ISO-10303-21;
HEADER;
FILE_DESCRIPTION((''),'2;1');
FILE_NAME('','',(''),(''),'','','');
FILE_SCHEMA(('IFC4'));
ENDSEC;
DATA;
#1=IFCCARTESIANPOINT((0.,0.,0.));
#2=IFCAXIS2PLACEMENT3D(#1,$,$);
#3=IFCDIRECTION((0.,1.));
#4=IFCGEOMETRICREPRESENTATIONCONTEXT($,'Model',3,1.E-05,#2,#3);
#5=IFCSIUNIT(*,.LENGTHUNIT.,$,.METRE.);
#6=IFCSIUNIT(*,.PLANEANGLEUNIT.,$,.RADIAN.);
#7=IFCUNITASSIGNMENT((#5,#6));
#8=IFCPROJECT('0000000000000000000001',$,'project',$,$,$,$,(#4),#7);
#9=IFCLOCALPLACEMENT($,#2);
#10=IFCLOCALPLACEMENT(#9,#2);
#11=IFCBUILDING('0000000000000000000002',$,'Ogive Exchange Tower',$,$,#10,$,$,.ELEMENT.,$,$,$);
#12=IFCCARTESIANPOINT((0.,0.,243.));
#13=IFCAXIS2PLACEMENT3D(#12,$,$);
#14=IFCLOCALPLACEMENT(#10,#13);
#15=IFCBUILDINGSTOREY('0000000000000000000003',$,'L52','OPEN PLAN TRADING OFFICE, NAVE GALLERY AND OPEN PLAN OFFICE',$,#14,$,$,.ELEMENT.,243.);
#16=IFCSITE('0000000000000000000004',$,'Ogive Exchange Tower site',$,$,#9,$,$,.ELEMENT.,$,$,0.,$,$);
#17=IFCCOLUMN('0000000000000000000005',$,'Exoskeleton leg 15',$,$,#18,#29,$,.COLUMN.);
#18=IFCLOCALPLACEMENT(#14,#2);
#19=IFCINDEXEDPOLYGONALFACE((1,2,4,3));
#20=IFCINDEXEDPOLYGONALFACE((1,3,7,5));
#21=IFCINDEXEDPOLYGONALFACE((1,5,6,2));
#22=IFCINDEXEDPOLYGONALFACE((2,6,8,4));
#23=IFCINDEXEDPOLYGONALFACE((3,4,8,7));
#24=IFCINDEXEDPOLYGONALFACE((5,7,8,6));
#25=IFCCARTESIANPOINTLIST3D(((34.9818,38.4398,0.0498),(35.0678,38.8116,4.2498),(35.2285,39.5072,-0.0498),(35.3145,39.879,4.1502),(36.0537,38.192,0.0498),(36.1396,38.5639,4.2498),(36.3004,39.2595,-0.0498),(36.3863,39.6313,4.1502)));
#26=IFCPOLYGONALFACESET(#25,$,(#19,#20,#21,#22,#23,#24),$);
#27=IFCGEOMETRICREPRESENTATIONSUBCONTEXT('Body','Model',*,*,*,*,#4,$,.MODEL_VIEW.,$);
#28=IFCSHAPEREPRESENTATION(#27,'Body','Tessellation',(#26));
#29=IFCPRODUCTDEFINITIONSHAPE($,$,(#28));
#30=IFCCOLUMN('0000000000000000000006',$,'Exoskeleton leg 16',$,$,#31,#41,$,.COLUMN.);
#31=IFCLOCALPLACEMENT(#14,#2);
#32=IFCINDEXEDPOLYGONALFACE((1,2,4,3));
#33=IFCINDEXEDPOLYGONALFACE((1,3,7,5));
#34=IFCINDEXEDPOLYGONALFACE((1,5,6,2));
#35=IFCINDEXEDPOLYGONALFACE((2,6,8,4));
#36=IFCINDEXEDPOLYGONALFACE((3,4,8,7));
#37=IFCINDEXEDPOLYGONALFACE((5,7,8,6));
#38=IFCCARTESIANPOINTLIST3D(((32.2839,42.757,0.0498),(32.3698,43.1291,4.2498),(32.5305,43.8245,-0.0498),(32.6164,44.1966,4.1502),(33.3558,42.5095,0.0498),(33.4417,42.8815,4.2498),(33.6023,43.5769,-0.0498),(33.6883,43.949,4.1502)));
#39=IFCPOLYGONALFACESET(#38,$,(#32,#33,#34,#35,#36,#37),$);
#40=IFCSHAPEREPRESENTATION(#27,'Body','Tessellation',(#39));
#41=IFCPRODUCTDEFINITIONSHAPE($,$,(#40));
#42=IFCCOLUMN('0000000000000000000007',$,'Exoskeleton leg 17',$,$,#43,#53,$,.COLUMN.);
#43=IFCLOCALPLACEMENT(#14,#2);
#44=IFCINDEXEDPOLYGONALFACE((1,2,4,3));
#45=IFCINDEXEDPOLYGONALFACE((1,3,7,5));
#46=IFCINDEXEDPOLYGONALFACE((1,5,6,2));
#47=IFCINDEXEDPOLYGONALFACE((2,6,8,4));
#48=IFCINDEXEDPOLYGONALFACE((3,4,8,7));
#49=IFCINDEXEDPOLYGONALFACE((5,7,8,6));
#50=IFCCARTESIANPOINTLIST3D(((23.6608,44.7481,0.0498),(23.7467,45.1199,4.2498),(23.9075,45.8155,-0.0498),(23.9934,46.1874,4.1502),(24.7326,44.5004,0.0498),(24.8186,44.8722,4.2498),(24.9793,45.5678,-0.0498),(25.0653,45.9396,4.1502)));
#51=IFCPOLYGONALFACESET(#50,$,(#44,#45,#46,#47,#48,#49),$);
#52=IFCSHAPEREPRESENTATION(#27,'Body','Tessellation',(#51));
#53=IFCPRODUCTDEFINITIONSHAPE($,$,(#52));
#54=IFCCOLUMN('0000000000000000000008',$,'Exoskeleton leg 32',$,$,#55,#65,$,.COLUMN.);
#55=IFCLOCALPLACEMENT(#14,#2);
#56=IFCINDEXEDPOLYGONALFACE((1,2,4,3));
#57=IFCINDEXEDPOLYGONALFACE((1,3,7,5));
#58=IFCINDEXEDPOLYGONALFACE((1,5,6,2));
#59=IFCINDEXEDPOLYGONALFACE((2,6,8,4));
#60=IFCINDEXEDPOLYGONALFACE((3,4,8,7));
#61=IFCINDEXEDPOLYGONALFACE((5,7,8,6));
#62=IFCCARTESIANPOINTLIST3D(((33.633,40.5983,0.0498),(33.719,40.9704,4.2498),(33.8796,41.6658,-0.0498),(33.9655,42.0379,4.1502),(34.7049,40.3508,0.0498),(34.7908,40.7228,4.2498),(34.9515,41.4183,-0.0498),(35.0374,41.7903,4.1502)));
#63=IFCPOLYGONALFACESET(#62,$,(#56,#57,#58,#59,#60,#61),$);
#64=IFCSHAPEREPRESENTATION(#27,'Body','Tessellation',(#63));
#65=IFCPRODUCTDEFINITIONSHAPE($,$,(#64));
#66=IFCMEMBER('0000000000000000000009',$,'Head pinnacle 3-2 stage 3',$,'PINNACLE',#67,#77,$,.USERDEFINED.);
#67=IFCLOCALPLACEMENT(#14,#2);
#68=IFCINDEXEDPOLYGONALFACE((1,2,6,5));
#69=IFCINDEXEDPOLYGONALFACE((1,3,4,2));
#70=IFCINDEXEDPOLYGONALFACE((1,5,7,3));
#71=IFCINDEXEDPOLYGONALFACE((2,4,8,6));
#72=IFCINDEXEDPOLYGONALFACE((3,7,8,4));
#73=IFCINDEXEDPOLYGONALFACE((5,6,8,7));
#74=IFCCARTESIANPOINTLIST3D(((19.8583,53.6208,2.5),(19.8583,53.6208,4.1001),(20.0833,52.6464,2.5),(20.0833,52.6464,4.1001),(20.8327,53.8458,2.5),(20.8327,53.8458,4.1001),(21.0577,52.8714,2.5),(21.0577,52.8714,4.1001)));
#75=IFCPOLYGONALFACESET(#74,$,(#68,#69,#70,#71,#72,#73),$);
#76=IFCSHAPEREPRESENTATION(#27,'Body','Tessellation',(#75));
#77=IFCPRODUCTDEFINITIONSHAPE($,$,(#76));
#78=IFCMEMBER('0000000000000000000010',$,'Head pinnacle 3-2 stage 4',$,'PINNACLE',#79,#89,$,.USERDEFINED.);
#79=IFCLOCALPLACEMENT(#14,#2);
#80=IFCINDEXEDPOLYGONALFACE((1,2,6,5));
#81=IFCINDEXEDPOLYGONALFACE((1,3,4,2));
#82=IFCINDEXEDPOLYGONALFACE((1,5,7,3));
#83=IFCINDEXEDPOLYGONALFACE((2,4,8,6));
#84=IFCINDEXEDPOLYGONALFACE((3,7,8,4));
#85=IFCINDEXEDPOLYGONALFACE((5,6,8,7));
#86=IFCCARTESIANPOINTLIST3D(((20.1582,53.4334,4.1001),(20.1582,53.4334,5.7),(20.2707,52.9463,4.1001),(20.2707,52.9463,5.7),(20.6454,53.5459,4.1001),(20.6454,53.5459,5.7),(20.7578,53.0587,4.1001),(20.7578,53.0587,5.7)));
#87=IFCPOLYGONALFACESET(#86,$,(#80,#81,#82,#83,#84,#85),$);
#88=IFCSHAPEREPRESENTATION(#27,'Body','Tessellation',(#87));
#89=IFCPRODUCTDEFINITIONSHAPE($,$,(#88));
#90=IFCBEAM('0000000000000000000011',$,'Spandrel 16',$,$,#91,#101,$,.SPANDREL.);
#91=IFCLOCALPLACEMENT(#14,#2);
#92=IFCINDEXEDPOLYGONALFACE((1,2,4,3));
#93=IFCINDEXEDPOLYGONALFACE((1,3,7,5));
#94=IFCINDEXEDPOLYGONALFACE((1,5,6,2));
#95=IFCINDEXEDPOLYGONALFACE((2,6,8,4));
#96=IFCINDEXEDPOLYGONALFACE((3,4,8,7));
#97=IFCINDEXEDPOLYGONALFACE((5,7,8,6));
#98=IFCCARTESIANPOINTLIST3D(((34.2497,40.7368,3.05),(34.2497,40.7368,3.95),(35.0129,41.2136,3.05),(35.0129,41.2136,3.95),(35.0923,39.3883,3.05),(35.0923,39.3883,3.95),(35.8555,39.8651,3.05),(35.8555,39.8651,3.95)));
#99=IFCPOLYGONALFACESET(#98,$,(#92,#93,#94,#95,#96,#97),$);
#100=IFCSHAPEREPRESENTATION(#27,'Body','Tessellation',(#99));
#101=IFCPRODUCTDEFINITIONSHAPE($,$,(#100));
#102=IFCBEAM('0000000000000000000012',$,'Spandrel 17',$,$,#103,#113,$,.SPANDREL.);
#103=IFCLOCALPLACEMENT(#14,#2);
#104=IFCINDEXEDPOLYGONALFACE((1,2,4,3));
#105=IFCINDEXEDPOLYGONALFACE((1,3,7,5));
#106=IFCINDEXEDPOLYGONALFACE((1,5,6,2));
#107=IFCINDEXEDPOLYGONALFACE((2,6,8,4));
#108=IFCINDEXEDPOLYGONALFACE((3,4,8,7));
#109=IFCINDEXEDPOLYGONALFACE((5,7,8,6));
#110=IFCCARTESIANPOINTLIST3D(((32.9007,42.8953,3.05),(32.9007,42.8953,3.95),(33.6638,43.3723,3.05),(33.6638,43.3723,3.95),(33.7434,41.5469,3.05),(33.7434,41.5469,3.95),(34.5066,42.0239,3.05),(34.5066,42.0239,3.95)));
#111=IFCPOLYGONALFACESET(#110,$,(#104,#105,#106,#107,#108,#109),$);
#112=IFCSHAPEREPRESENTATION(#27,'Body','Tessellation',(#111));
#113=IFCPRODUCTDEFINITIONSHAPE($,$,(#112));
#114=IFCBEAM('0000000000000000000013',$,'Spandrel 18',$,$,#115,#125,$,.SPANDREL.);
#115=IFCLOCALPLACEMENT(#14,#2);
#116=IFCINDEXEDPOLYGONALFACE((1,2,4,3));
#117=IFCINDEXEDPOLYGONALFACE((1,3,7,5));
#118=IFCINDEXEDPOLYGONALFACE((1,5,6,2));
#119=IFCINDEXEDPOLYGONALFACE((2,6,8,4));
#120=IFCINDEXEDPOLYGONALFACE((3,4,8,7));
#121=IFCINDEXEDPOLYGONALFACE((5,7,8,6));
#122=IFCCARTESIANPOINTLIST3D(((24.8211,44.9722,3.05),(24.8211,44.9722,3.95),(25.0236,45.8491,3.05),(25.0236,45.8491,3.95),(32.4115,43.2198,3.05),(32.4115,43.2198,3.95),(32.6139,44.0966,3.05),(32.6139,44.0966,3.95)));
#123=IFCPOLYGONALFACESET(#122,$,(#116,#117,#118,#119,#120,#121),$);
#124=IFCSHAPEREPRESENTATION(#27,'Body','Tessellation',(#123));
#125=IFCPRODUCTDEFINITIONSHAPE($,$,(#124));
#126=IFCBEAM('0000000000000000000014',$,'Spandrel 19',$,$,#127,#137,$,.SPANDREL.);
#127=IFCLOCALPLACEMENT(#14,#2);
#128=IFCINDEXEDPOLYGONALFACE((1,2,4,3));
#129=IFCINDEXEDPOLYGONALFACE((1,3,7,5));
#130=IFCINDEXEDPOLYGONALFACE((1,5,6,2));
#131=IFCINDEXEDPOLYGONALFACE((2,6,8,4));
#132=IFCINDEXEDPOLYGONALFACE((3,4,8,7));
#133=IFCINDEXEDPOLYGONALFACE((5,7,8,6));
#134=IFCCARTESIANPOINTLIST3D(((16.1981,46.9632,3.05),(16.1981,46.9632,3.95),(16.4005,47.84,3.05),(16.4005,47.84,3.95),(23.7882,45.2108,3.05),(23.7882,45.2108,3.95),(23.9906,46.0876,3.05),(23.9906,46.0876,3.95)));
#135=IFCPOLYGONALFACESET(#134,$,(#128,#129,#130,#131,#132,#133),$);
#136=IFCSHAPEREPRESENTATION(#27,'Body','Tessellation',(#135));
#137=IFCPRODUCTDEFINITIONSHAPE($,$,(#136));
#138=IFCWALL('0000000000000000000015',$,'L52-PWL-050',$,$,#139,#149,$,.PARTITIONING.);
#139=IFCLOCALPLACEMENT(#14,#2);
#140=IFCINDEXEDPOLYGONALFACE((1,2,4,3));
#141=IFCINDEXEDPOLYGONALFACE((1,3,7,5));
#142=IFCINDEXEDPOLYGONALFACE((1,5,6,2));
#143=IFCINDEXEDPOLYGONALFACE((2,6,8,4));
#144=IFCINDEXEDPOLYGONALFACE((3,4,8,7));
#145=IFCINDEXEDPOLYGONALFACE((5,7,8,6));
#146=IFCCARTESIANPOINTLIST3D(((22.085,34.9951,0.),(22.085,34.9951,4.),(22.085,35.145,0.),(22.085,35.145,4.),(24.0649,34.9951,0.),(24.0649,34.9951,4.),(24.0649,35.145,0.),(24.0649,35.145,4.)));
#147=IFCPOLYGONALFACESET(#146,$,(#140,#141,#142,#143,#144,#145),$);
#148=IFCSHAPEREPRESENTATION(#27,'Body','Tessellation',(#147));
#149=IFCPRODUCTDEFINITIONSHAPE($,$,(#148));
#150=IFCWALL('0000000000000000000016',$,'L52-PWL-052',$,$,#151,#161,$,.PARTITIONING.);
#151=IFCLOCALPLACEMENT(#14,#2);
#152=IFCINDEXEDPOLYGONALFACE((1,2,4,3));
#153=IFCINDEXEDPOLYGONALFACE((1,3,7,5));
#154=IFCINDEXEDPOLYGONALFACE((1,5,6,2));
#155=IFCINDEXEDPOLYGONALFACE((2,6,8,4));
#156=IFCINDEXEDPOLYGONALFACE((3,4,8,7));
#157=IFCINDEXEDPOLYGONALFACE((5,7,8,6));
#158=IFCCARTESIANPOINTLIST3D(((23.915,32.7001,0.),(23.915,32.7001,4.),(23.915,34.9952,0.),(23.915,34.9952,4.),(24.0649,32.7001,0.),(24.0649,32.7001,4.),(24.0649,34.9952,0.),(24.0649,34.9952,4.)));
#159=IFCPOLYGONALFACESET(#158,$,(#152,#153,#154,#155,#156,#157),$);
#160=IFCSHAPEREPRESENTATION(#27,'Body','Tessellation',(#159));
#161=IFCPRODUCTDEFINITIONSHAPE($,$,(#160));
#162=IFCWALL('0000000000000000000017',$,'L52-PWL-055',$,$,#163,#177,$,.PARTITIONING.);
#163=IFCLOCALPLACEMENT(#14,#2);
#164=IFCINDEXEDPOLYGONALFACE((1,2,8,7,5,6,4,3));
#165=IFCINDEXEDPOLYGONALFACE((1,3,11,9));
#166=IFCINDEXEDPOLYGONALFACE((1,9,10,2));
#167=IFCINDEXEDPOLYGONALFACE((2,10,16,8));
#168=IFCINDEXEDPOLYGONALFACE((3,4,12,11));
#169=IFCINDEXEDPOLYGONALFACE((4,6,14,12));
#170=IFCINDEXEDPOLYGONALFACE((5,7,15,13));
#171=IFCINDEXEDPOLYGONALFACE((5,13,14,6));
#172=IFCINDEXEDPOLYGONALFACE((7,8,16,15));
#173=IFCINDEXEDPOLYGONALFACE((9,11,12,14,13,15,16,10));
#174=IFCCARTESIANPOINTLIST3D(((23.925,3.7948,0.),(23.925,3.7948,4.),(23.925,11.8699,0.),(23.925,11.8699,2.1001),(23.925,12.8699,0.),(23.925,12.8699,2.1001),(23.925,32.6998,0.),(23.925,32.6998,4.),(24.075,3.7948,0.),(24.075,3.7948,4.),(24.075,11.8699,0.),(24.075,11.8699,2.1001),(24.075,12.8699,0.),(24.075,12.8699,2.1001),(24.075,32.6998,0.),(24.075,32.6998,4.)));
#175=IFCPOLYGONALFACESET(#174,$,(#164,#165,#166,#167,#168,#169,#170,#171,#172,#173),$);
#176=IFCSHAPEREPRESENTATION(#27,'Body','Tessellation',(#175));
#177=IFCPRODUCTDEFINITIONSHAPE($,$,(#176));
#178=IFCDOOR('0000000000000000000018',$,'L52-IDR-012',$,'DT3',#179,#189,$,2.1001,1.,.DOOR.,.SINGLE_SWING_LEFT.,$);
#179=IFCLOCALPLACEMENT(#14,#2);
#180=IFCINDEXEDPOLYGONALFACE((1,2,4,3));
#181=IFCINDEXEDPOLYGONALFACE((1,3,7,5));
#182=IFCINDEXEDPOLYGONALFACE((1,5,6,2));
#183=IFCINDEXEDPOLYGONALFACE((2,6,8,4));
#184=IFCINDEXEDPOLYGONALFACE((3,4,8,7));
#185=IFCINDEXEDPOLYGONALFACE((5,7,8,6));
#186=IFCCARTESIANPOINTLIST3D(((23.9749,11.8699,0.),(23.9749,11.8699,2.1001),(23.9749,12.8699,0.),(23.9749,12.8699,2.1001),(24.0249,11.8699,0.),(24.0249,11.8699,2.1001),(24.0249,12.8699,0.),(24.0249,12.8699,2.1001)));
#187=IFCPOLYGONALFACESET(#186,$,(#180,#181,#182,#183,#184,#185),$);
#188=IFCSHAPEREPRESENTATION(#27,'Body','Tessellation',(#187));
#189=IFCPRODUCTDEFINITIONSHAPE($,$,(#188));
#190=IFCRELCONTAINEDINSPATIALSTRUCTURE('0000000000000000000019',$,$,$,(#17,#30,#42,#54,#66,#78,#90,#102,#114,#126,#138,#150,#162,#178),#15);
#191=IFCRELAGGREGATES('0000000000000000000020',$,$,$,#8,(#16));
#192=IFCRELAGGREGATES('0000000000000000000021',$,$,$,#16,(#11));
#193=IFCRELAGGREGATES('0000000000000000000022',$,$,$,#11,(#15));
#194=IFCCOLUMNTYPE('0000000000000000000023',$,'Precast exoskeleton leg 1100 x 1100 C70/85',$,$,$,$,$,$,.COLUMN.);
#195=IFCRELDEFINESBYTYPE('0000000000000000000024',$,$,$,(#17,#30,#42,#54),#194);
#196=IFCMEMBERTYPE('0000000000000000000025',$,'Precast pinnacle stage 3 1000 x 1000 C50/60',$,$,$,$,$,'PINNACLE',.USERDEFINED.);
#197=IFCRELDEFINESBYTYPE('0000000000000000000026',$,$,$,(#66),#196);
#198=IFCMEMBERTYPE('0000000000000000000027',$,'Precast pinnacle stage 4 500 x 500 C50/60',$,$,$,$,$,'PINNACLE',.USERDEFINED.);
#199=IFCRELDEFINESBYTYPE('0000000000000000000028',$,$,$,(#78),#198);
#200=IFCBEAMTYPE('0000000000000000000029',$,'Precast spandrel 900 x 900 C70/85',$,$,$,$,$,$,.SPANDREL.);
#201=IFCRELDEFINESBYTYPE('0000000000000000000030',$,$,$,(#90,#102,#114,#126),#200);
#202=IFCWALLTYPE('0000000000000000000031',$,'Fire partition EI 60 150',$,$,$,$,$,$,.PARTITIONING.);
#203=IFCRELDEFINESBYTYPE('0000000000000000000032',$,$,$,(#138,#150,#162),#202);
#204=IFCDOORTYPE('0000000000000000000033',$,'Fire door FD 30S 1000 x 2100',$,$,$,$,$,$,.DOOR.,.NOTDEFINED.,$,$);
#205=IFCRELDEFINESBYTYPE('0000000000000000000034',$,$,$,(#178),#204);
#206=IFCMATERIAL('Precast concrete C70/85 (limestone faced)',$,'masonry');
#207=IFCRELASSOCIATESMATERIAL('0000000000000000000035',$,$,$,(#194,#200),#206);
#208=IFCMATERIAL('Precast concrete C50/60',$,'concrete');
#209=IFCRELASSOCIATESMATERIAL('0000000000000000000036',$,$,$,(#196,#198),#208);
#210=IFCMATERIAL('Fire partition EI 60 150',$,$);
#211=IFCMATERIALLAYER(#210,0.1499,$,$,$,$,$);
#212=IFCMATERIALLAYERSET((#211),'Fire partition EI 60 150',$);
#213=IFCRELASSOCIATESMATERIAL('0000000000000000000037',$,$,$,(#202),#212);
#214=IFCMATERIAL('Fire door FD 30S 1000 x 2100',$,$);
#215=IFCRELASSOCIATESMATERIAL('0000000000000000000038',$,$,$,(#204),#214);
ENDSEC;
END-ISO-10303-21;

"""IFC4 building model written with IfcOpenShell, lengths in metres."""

from ifc_helpers import new_model, si_unit, direction, frame, frame_2d, origin, origin_2d, place, context, subcontext, project, spatial, rectangle, extrude, material, layer, layer_set, material_profile, profile_set, type_object, element, fill, save


model = new_model("IFC4")

# Units and contexts
model_context = context("Model", 3, precision=1e-05, world=origin(), true_north=direction((0.0, 1.0)))
body_context = subcontext(model_context, "Body", "Model", "MODEL_VIEW")
ifc_project = project(units=[si_unit("LENGTHUNIT", "METRE"), si_unit("PLANEANGLEUNIT", "RADIAN")], contexts=[model_context])

# Site, building, storey
site_placement = place(None, origin())
site = spatial("IfcSite", under=ifc_project, at=site_placement, Name="Ogive Exchange Tower site", CompositionType="ELEMENT", RefElevation=0.0)
building_placement = place(site_placement, origin())
building = spatial("IfcBuilding", under=site, at=building_placement, Name="Ogive Exchange Tower", CompositionType="ELEMENT")
storey_placement = place(building_placement, frame((0.0, 0.0, 243.0)))
storey = spatial("IfcBuildingStorey", under=building, at=storey_placement, Name="L52", Description="OPEN PLAN TRADING OFFICE, NAVE GALLERY AND OPEN PLAN OFFICE", CompositionType="ELEMENT", Elevation=243.0)

# Columns
ifc_material_1 = material(Name="Precast concrete C70/85 (limestone faced)", Category="masonry")
ifc_material_profile_1 = material_profile(ifc_material_1, rectangle(XDim=1.1001, YDim=1.1001, at=origin_2d()), Name="1100 x 1100")
ifc_profile_set_1 = profile_set([ifc_material_profile_1], Name="Precast concrete C70/85 (limestone faced)")
column_type = type_object("IfcColumnType", Name="Precast exoskeleton leg 1100 x 1100 C70/85", PredefinedType="COLUMN", material=ifc_profile_set_1)
for number, where, z_axis, x_axis, name in (
    (1, (35.6411, 38.8496, 0.0), (0.020378, 0.088168, 0.995897), (-0.974316, 0.225187, 0.0), "Exoskeleton leg 15"),
    (2, (32.9431, 43.167, 0.0), (0.020377, 0.088225, 0.995892), (-0.974348, 0.225046, 0.0), "Exoskeleton leg 16"),
    (3, (24.3201, 45.158, 0.0), (0.020378, 0.088168, 0.995897), (-0.974316, 0.225187, 0.0), "Exoskeleton leg 17"),
    (4, (34.2922, 41.0083, 0.0), (0.020377, 0.088225, 0.995892), (-0.974348, 0.225046, 0.0), "Exoskeleton leg 32"),
):
    element("IfcColumn", number, at=place(storey_placement, frame(where, z_axis=z_axis, x_axis=x_axis)), inside=storey, type_object=column_type, Name=name, PredefinedType="COLUMN", context=body_context, shape_type="SweptSolid", body=[
        extrude(rectangle(XDim=1.1001, YDim=1.1001, at=origin_2d()), origin(), (0.0, 0.0, 1.0), 4.2173),
    ])

# Members
ifc_material_2 = material(Name="Precast concrete C50/60", Category="concrete")
ifc_material_profile_2 = material_profile(ifc_material_2, rectangle(XDim=1.0, YDim=1.0, at=origin_2d()), Name="PINNACLE 3 1000 x 1000")
ifc_profile_set_2 = profile_set([ifc_material_profile_2], Name="Precast concrete C50/60")
member_type_1 = type_object("IfcMemberType", Name="Precast pinnacle stage 3 1000 x 1000 C50/60", ElementType="PINNACLE", PredefinedType="USERDEFINED", material=ifc_profile_set_2)
member_1_placement = place(storey_placement, frame((20.458, 53.2461, 2.5), z_axis=(0.0, 0.0, 1.0), x_axis=(0.97437, 0.224951, 0.0)))
element("IfcMember", 5, at=member_1_placement, inside=storey, type_object=member_type_1, Name="Head pinnacle 3-2 stage 3", ObjectType="PINNACLE", PredefinedType="USERDEFINED", context=body_context, shape_type="SweptSolid", body=[
    extrude(rectangle(XDim=1.0, YDim=1.0, at=origin_2d()), origin(), (0.0, 0.0, 1.0), 1.6001),
])
ifc_material_profile_3 = material_profile(ifc_material_2, rectangle(XDim=0.5, YDim=0.5, at=origin_2d()), Name="PINNACLE 4 500 x 500")
ifc_profile_set_3 = profile_set([ifc_material_profile_3], Name="Precast concrete C50/60")
member_type_2 = type_object("IfcMemberType", Name="Precast pinnacle stage 4 500 x 500 C50/60", ElementType="PINNACLE", PredefinedType="USERDEFINED", material=ifc_profile_set_3)
member_2_placement = place(storey_placement, frame((20.458, 53.2461, 4.1001), z_axis=(0.0, 0.0, 1.0), x_axis=(0.97437, 0.224951, 0.0)))
element("IfcMember", 6, at=member_2_placement, inside=storey, type_object=member_type_2, Name="Head pinnacle 3-2 stage 4", ObjectType="PINNACLE", PredefinedType="USERDEFINED", context=body_context, shape_type="SweptSolid", body=[
    extrude(rectangle(XDim=0.5, YDim=0.5, at=origin_2d()), origin(), (0.0, 0.0, 1.0), 1.5999),
])

# Beams
ifc_material_profile_4 = material_profile(ifc_material_1, rectangle(XDim=0.8999, YDim=0.8999, at=origin_2d()), Name="900 x 900")
ifc_profile_set_4 = profile_set([ifc_material_profile_4], Name="Precast concrete C70/85 (limestone faced)")
beam_type = type_object("IfcBeamType", Name="Precast spandrel 900 x 900 C70/85", PredefinedType="SPANDREL", material=ifc_profile_set_4)
for number, where, z_axis, x_axis, name in (
    (7, (35.4739, 39.6267, 3.5), (-0.529902, 0.848059, 0.0), (-0.848059, -0.529902, 0.0), "Spandrel 16"),
    (8, (34.125, 41.7854, 3.5), (-0.530013, 0.84799, 0.0), (-0.84799, -0.530013, 0.0), "Spandrel 17"),
):
    element("IfcBeam", number, at=place(storey_placement, frame(where, z_axis=z_axis, x_axis=x_axis)), inside=storey, type_object=beam_type, Name=name, PredefinedType="SPANDREL", context=body_context, shape_type="SweptSolid", body=[
        extrude(rectangle(XDim=0.8999, YDim=0.8999, at=origin_2d()), origin(), (0.0, 0.0, 1.0), 1.5901),
    ])
beam_1_placement = place(storey_placement, frame((32.5127, 43.6582, 3.5), z_axis=(-0.974368, 0.22496, 0.0), x_axis=(-0.22496, -0.974368, 0.0)))
element("IfcBeam", 9, at=beam_1_placement, inside=storey, type_object=beam_type, Name="Spandrel 18", PredefinedType="SPANDREL", context=body_context, shape_type="SweptSolid", body=[
    extrude(rectangle(XDim=0.8999, YDim=0.8999, at=origin_2d()), origin(), (0.0, 0.0, 1.0), 7.79),
])
beam_2_placement = place(storey_placement, frame((23.8894, 45.6492, 3.5), z_axis=(-0.974366, 0.224967, 0.0), x_axis=(-0.224967, -0.974366, 0.0)))
element("IfcBeam", 10, at=beam_2_placement, inside=storey, type_object=beam_type, Name="Spandrel 19", PredefinedType="SPANDREL", context=body_context, shape_type="SweptSolid", body=[
    extrude(rectangle(XDim=0.8999, YDim=0.8999, at=origin_2d()), origin(), (0.0, 0.0, 1.0), 7.7898),
])

# Walls
ifc_material_3 = material(Name="Fire partition EI 60 150")
ifc_layer_1 = layer(ifc_material_3, 0.1499)
ifc_layer_set_1 = layer_set([ifc_layer_1], Name="Fire partition EI 60 150")
wall_type_1 = type_object("IfcWallType", Name="Fire partition EI 60 150", PredefinedType="PARTITIONING", material=ifc_layer_set_1)
wall_1_placement = place(storey_placement, frame((22.085, 35.0701, 0.0), z_axis=(0.0, 0.0, 1.0), x_axis=(1.0, 0.0, 0.0)))
element("IfcWall", 11, at=wall_1_placement, inside=storey, type_object=wall_type_1, Name="L52-PWL-050", PredefinedType="PARTITIONING", context=body_context, shape_type="SweptSolid", body=[
    extrude(rectangle(XDim=1.98, YDim=0.1499, at=frame_2d((0.99, 0.0))), origin(), (0.0, 0.0, 1.0), 4.0),
])
wall_2_placement = place(storey_placement, frame((23.99, 34.9951, 0.0), z_axis=(0.0, 0.0, 1.0), x_axis=(0.0, -1.0, 0.0)))
element("IfcWall", 12, at=wall_2_placement, inside=storey, type_object=wall_type_1, Name="L52-PWL-052", PredefinedType="PARTITIONING", context=body_context, shape_type="SweptSolid", body=[
    extrude(rectangle(XDim=2.2952, YDim=0.1499, at=frame_2d((1.1475, 0.0))), origin(), (0.0, 0.0, 1.0), 4.0),
])

# Wall, opening, door
wall_3_placement = place(storey_placement, frame((24.0, 32.7, 0.0), z_axis=(0.0, 0.0, 1.0), x_axis=(0.0, -1.0, 0.0)))
wall_3 = element("IfcWall", 13, at=wall_3_placement, inside=storey, type_object=wall_type_1, Name="L52-PWL-055", PredefinedType="PARTITIONING", context=body_context, shape_type="SweptSolid", body=[
    extrude(rectangle(XDim=28.905, YDim=0.1499, at=frame_2d((14.4526, 0.0))), origin(), (0.0, 0.0, 1.0), 4.0),
])
opening_1_placement = place(wall_3_placement, frame((19.8301, 0.0, 0.0)))
opening_1 = element("IfcOpeningElement", 14, at=opening_1_placement, cuts=wall_3, PredefinedType="OPENING", context=body_context, shape_type="SweptSolid", body=[
    extrude(rectangle(XDim=1.0, YDim=2.1001, at=frame_2d((0.5, 1.05))), frame((0.0, 0.085, 0.0), z_axis=(0.0, -1.0, 0.0), x_axis=(1.0, 0.0, 0.0)), (0.0, 0.0, 1.0), 0.1699),
])
ifc_material_4 = material(Name="Fire door FD 30S 1000 x 2100")
door_type_1 = type_object("IfcDoorType", Name="Fire door FD 30S 1000 x 2100", OperationType="NOTDEFINED", PredefinedType="DOOR", material=ifc_material_4)
door_1_placement = place(opening_1_placement, origin())
door_1 = element("IfcDoor", 15, at=door_1_placement, inside=storey, type_object=door_type_1, Name="L52-IDR-012", ObjectType="DT3", OperationType="SINGLE_SWING_LEFT", OverallHeight=2.1001, OverallWidth=1.0, PredefinedType="DOOR", context=body_context, shape_type="SweptSolid", body=[
    extrude(rectangle(XDim=1.0, YDim=2.1001, at=frame_2d((0.5, 1.05))), frame((0.0, 0.0249, 0.0), z_axis=(0.0, -1.0, 0.0), x_axis=(1.0, 0.0, 0.0)), (0.0, 0.0, 1.0), 0.05),
])
fill(opening_1, door_1)

save(model, "model.ifc")
